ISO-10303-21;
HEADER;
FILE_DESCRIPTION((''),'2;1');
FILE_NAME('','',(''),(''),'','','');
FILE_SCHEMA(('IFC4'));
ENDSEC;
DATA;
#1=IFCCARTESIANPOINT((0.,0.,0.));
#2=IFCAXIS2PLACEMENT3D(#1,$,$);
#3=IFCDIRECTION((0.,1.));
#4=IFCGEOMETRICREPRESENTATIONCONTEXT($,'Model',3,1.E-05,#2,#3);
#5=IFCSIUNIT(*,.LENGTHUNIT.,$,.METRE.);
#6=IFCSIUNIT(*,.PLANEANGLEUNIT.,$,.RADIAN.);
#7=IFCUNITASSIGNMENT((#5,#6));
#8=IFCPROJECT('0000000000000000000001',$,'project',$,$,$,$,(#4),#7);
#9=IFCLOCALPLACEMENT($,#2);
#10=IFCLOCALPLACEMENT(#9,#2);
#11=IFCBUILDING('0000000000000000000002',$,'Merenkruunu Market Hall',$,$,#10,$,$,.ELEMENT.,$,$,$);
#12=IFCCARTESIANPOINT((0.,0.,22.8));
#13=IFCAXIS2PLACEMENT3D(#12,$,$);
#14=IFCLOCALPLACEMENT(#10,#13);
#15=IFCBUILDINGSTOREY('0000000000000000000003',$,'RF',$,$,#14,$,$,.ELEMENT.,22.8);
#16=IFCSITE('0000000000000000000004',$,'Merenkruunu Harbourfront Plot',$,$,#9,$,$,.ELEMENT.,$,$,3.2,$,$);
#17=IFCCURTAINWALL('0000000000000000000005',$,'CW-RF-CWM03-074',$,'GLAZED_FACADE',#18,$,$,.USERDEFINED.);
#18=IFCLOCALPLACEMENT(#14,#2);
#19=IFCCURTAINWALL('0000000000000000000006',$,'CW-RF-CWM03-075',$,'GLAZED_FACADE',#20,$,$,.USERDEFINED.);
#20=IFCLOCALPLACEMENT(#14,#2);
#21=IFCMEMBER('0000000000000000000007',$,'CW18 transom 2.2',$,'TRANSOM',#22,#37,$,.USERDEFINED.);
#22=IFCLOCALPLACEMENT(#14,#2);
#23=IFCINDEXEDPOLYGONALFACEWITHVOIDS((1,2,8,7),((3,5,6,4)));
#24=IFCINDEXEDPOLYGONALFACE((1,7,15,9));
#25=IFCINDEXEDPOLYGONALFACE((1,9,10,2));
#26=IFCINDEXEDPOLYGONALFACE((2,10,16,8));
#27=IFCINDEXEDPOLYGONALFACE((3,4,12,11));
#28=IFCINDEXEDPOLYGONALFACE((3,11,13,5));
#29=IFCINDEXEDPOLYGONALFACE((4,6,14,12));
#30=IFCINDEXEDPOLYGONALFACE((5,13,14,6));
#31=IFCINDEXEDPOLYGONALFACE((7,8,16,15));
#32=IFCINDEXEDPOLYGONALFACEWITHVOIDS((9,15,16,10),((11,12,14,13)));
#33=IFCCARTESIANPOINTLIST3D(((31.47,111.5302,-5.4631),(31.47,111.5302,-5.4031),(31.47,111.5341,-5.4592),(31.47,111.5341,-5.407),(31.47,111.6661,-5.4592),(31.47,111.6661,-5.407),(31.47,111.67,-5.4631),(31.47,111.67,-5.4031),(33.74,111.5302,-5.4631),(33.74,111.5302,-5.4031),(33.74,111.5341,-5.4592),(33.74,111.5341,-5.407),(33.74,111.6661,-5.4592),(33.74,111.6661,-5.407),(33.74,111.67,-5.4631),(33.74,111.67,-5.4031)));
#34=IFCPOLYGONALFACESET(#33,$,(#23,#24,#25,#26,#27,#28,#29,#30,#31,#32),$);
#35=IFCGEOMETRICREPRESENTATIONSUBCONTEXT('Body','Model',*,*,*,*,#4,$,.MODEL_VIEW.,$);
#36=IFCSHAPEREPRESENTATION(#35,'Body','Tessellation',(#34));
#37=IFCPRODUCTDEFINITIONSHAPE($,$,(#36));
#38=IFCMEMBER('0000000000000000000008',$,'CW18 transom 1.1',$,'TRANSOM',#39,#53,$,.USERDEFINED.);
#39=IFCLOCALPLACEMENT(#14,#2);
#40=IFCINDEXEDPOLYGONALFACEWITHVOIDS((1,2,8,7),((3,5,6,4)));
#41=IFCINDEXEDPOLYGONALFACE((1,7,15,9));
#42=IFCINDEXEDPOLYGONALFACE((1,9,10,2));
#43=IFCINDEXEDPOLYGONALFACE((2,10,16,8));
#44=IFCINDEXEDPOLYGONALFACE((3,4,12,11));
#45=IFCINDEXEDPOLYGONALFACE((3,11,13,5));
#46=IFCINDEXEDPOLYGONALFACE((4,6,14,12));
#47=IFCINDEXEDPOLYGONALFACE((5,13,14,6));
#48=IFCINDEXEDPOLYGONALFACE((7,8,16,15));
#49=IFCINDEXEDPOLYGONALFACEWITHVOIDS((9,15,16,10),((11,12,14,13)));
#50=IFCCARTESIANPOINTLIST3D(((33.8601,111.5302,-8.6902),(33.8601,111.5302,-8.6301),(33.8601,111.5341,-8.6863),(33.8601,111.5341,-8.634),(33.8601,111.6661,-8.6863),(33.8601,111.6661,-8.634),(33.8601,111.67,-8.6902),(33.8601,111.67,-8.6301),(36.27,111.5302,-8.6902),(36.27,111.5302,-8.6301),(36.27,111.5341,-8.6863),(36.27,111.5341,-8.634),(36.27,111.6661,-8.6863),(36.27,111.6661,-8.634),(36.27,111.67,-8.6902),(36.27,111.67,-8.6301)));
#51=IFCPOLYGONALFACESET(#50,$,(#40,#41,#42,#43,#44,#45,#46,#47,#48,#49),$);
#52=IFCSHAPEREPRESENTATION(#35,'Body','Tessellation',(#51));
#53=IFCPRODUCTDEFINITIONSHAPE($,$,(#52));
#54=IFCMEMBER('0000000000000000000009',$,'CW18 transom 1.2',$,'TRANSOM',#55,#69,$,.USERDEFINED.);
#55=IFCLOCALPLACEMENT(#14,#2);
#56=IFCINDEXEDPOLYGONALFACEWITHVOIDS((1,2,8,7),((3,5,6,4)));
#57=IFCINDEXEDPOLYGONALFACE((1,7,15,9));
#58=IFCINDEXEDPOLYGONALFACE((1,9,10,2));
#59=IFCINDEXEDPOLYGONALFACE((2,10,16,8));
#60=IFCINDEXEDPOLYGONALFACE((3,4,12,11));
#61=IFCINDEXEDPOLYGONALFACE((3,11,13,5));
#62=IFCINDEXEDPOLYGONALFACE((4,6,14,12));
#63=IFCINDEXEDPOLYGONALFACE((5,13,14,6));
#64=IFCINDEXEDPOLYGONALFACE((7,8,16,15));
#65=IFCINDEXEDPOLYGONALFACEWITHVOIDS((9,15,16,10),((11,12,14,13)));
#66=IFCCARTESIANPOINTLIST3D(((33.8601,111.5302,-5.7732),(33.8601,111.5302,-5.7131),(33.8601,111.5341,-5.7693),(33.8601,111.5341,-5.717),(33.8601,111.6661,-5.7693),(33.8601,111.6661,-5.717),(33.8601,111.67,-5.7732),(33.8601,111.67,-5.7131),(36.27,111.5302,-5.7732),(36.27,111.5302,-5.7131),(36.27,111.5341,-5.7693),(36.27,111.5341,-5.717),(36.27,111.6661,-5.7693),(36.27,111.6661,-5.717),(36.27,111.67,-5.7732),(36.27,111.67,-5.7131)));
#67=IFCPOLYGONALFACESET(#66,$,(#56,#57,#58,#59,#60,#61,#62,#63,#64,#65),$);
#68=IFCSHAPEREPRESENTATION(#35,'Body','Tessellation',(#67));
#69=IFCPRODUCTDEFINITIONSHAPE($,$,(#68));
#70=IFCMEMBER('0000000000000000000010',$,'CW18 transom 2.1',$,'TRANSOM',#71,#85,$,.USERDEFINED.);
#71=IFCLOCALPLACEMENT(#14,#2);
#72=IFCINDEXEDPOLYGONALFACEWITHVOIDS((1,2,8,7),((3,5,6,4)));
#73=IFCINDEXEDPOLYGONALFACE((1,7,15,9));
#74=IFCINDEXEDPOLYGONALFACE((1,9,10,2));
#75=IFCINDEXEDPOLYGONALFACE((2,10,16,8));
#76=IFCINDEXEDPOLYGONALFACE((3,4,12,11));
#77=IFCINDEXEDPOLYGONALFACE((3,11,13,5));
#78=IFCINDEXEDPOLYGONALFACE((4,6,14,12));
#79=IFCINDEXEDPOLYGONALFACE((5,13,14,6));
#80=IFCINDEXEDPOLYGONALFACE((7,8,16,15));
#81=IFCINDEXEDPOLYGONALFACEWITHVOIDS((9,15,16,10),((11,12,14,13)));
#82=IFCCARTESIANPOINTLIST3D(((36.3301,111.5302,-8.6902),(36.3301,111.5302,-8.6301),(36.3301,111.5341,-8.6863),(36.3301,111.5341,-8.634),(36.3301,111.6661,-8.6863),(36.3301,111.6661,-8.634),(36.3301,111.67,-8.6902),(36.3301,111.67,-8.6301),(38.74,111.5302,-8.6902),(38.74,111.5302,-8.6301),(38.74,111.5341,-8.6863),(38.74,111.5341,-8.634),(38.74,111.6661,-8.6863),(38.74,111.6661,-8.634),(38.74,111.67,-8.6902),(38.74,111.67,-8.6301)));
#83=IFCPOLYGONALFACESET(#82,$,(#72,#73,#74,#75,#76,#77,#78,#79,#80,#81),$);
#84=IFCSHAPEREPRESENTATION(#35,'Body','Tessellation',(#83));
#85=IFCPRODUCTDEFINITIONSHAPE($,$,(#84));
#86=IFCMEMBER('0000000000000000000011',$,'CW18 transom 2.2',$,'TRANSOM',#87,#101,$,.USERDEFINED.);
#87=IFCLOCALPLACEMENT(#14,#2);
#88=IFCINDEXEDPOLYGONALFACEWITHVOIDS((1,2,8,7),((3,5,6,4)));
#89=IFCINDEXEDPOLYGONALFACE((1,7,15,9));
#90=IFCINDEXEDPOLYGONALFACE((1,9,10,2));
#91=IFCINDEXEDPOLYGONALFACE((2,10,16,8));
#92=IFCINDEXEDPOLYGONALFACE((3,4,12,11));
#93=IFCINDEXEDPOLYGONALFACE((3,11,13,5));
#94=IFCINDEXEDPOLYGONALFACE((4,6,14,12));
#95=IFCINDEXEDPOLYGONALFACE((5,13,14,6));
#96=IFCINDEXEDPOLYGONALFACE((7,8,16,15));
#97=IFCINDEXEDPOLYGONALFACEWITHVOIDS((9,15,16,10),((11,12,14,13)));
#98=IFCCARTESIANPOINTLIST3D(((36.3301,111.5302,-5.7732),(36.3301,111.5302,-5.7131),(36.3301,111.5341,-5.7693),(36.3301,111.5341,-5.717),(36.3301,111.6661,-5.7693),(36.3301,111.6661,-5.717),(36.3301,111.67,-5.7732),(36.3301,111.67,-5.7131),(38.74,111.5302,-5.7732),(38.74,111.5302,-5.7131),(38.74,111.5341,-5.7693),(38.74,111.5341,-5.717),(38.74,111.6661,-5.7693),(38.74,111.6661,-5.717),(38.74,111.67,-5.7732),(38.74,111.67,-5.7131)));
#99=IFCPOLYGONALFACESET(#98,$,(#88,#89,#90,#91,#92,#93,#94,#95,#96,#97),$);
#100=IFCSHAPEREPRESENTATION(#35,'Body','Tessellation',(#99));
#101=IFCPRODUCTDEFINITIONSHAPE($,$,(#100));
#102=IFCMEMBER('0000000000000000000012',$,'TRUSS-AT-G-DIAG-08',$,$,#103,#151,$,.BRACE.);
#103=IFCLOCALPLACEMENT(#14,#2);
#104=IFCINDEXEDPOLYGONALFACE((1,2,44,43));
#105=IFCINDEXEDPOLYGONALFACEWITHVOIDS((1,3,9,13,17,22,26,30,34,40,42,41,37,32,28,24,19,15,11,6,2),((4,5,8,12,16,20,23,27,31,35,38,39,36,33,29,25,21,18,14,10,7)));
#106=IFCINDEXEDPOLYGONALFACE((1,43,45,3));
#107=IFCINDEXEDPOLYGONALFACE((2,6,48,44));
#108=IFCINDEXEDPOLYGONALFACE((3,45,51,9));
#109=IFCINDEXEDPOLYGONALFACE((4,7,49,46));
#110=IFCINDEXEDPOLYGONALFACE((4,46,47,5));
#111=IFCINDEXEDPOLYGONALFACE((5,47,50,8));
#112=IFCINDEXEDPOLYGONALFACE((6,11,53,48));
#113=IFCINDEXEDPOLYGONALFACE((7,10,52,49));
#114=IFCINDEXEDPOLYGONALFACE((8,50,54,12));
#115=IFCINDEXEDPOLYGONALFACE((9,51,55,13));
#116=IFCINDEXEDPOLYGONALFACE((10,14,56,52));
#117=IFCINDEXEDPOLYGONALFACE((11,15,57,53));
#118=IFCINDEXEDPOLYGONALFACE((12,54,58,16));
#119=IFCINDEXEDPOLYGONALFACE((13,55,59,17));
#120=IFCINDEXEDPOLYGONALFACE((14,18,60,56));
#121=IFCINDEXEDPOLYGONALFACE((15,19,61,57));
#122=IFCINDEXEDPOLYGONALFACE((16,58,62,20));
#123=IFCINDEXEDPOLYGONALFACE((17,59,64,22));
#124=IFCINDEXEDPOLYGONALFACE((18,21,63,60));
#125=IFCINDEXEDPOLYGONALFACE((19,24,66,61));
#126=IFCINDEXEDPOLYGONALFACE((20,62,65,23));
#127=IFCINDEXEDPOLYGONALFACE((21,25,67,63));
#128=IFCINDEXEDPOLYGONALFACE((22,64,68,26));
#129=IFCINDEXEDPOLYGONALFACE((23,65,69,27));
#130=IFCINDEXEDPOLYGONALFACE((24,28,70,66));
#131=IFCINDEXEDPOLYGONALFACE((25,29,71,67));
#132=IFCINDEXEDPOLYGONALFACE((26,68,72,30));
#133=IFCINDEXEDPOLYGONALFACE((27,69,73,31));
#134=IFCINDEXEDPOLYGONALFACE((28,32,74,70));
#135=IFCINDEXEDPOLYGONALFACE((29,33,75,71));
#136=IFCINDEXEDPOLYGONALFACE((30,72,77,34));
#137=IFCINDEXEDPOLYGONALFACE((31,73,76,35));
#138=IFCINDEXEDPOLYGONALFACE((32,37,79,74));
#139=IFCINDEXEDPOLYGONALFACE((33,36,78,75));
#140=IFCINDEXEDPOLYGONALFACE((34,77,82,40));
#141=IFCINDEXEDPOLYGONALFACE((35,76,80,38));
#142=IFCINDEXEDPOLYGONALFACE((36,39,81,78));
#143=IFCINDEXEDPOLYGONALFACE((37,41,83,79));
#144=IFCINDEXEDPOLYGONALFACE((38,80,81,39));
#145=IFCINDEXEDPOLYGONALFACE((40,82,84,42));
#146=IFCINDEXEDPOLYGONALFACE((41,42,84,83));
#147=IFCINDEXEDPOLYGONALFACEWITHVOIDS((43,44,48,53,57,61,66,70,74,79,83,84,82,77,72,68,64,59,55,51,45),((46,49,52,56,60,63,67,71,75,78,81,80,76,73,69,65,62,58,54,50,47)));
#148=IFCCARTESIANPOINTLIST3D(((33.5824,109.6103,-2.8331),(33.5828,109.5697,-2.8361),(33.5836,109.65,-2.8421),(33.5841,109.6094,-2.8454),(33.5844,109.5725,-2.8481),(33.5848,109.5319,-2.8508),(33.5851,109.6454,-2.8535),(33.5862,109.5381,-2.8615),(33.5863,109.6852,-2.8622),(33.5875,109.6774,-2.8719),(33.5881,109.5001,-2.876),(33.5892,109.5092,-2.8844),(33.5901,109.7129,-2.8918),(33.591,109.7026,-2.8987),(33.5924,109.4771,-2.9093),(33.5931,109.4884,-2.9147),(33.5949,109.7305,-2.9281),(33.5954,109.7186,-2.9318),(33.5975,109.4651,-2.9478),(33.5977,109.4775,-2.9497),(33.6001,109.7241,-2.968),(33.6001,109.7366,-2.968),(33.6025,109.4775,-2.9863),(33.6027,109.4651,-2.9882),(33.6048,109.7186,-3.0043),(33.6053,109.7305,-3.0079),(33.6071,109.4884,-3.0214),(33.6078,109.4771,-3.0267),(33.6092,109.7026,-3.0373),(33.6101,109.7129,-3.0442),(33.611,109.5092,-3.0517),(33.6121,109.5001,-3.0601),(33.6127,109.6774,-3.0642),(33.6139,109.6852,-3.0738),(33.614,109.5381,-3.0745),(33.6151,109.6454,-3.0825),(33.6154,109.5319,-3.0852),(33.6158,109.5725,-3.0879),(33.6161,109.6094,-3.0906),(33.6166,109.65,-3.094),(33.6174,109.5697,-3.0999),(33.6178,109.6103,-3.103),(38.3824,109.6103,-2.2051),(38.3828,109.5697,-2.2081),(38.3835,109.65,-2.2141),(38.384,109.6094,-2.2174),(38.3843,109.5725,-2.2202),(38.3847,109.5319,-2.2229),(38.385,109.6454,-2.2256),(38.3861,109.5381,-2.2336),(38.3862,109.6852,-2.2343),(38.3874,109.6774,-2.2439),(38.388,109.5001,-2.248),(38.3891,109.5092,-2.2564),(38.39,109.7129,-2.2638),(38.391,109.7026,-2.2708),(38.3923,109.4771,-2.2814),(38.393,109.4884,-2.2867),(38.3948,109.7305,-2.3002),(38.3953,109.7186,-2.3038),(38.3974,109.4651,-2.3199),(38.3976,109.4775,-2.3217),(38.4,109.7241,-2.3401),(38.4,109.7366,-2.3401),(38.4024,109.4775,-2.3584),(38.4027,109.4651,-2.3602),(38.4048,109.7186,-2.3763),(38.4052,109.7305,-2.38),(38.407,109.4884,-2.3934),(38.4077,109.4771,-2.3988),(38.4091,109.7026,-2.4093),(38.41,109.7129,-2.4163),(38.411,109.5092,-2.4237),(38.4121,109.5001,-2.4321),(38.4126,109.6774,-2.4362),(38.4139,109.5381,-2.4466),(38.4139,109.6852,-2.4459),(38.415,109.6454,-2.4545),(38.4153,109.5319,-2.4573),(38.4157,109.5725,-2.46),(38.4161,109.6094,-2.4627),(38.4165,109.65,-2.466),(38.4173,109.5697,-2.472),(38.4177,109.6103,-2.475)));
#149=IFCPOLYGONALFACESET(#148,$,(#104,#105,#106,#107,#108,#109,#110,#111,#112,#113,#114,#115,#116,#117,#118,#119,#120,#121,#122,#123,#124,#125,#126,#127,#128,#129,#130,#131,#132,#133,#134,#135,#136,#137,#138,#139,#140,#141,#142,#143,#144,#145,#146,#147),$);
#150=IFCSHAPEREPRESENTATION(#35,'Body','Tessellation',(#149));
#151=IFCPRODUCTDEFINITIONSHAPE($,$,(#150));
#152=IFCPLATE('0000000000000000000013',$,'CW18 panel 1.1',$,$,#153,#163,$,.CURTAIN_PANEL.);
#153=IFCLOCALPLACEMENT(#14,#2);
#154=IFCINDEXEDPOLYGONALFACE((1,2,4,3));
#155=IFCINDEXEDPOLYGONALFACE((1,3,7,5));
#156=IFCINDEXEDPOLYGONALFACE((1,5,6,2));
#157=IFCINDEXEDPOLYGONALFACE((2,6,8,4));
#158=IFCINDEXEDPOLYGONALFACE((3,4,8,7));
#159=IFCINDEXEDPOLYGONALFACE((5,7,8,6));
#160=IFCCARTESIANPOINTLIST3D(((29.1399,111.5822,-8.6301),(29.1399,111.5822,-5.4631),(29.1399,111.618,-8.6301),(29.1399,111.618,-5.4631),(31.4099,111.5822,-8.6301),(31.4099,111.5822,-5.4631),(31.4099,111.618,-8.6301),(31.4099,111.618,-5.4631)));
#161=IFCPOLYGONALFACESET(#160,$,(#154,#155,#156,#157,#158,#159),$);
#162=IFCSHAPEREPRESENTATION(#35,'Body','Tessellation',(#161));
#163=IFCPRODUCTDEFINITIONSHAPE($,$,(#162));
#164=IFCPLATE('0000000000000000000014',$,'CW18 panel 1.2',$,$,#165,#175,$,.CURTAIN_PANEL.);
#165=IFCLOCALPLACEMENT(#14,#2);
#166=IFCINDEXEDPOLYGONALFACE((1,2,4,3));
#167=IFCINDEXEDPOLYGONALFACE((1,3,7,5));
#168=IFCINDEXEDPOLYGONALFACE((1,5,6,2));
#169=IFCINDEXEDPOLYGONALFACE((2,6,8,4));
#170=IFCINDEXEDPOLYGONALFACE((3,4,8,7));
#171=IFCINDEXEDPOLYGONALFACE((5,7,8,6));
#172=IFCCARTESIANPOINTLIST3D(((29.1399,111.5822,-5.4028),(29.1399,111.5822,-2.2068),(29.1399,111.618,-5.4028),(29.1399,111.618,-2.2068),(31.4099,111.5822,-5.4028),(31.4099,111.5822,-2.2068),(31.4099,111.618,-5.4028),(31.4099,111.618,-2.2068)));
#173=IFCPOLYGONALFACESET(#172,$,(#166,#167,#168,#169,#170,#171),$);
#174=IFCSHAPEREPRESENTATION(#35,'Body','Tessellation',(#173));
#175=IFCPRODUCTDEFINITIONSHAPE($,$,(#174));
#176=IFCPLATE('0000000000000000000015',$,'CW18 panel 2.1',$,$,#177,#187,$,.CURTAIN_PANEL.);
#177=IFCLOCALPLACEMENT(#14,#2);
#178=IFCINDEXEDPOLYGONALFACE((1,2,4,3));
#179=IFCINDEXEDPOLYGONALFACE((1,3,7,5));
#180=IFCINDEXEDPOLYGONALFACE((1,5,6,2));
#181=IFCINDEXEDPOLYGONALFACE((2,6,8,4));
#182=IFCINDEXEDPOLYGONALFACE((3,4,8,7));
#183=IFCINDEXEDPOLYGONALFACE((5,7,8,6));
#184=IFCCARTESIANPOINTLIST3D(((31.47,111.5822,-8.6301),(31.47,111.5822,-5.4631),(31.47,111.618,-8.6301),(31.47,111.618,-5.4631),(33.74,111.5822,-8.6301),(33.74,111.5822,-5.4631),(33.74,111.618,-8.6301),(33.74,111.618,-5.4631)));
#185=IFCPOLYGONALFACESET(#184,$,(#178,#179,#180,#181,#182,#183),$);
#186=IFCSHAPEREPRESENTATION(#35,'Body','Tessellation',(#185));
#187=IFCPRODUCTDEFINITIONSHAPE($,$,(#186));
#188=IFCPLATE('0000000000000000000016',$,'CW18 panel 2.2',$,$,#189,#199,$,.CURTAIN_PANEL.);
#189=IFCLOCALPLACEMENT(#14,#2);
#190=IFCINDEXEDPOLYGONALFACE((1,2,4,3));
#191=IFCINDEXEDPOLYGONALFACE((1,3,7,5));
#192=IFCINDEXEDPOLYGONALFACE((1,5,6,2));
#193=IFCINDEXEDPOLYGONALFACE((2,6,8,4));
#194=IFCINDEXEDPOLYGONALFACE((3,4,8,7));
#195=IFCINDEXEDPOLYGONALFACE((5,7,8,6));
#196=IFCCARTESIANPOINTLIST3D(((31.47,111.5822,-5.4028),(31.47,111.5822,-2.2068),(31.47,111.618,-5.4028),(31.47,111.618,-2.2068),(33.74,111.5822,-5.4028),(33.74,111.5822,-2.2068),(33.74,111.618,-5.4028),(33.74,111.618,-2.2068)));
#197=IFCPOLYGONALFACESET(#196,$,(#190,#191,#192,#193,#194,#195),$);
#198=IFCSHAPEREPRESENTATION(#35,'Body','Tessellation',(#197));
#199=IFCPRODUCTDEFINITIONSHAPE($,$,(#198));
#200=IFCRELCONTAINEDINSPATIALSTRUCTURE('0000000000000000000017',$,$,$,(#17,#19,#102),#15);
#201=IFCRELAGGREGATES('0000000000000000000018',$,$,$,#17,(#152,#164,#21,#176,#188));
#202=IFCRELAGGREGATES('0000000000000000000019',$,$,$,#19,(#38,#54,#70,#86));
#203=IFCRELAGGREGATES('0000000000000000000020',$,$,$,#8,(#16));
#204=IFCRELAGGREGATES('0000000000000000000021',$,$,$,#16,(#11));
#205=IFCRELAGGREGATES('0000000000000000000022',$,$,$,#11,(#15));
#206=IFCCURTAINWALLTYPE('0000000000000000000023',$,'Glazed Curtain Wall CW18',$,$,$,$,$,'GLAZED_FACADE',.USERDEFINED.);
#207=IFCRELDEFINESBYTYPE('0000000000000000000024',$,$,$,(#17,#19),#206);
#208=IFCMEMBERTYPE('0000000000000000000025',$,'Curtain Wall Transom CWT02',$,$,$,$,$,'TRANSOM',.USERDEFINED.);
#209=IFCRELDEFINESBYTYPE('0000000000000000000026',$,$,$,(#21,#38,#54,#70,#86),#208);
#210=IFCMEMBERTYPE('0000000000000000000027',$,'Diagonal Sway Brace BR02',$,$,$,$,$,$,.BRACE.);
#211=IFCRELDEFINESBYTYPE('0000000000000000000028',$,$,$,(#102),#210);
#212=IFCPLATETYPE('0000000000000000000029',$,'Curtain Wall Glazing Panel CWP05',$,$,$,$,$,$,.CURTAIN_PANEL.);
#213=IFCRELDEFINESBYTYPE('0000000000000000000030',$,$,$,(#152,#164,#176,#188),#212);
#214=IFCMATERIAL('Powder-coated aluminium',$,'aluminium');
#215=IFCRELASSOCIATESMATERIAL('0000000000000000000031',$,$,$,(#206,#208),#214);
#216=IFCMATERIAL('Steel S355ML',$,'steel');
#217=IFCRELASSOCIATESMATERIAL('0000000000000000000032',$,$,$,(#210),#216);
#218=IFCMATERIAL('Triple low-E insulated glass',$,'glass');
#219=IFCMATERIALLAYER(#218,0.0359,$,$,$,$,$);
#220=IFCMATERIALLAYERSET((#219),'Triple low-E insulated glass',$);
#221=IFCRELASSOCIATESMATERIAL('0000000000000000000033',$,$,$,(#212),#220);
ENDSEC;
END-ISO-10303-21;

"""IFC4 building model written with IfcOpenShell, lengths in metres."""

from ifc_helpers import new_model, si_unit, direction, frame, origin, origin_2d, place, context, subcontext, project, spatial, rectangle, hollow_rectangle, hollow_circle, extrude, material, layer, layer_set, material_profile, profile_set, type_object, element, aggregate, save


model = new_model("IFC4")

# Units and contexts
model_context = context("Model", 3, precision=1e-05, world=origin(), true_north=direction((0.0, 1.0)))
body_context = subcontext(model_context, "Body", "Model", "MODEL_VIEW")
ifc_project = project(units=[si_unit("LENGTHUNIT", "METRE"), si_unit("PLANEANGLEUNIT", "RADIAN")], contexts=[model_context])

# Site, building, storey
site_placement = place(None, origin())
site = spatial("IfcSite", under=ifc_project, at=site_placement, Name="Merenkruunu Harbourfront Plot", CompositionType="ELEMENT", RefElevation=3.2)
building_placement = place(site_placement, origin())
building = spatial("IfcBuilding", under=site, at=building_placement, Name="Merenkruunu Market Hall", CompositionType="ELEMENT")
storey_placement = place(building_placement, frame((0.0, 0.0, 22.8)))
storey = spatial("IfcBuildingStorey", under=building, at=storey_placement, Name="RF", CompositionType="ELEMENT", Elevation=22.8)

# Shared definitions
ifc_material_1 = material(Name="Steel S355ML", Category="steel")

# Curtain walls
ifc_material_2 = material(Name="Powder-coated aluminium", Category="aluminium")
curtain_wall_type = type_object("IfcCurtainWallType", Name="Glazed Curtain Wall CW18", ElementType="GLAZED_FACADE", PredefinedType="USERDEFINED", material=ifc_material_2)
curtain_wall_1_placement = place(storey_placement, origin())
curtain_wall_1 = element("IfcCurtainWall", 1, at=curtain_wall_1_placement, inside=storey, type_object=curtain_wall_type, Name="CW-RF-CWM03-074", ObjectType="GLAZED_FACADE", PredefinedType="USERDEFINED")
curtain_wall_2_placement = place(storey_placement, origin())
curtain_wall_2 = element("IfcCurtainWall", 2, at=curtain_wall_2_placement, inside=storey, type_object=curtain_wall_type, Name="CW-RF-CWM03-075", ObjectType="GLAZED_FACADE", PredefinedType="USERDEFINED")

# Members
ifc_material_profile_1 = material_profile(ifc_material_2, hollow_rectangle(XDim=0.0601, YDim=0.1399, WallThickness=0.0039, at=origin_2d()), Name="ALU 60x140x4")
ifc_profile_set_1 = profile_set([ifc_material_profile_1], Name="Powder-coated aluminium")
member_type_1 = type_object("IfcMemberType", Name="Curtain Wall Transom CWT02", ElementType="TRANSOM", PredefinedType="USERDEFINED", material=ifc_profile_set_1)
member_1_placement = place(storey_placement, frame((31.47, 111.6001, -5.4331), z_axis=(1.0, 0.0, 0.0), x_axis=(0.0, 0.0, 1.0)))
member_1 = element("IfcMember", 3, at=member_1_placement, type_object=member_type_1, Name="CW18 transom 2.2", ObjectType="TRANSOM", PredefinedType="USERDEFINED", context=body_context, shape_type="SweptSolid", body=[
    extrude(hollow_rectangle(XDim=0.0601, YDim=0.1399, WallThickness=0.0039, at=origin_2d()), origin(), (0.0, 0.0, 1.0), 2.27),
])
member_2_placement = place(storey_placement, frame((33.8601, 111.6001, -8.6602), z_axis=(1.0, 0.0, 0.0), x_axis=(0.0, 0.0, 1.0)))
member_2 = element("IfcMember", 4, at=member_2_placement, type_object=member_type_1, Name="CW18 transom 1.1", ObjectType="TRANSOM", PredefinedType="USERDEFINED", context=body_context, shape_type="SweptSolid", body=[
    extrude(hollow_rectangle(XDim=0.0601, YDim=0.1399, WallThickness=0.0039, at=origin_2d()), origin(), (0.0, 0.0, 1.0), 2.4099),
])
member_3_placement = place(storey_placement, frame((33.8601, 111.6001, -5.7432), z_axis=(1.0, 0.0, 0.0), x_axis=(0.0, 0.0, 1.0)))
member_3 = element("IfcMember", 5, at=member_3_placement, type_object=member_type_1, Name="CW18 transom 1.2", ObjectType="TRANSOM", PredefinedType="USERDEFINED", context=body_context, shape_type="SweptSolid", body=[
    extrude(hollow_rectangle(XDim=0.0601, YDim=0.1399, WallThickness=0.0039, at=origin_2d()), origin(), (0.0, 0.0, 1.0), 2.4099),
])
member_4_placement = place(storey_placement, frame((36.3301, 111.6001, -8.6602), z_axis=(1.0, 0.0, 0.0), x_axis=(0.0, 0.0, 1.0)))
member_4 = element("IfcMember", 6, at=member_4_placement, type_object=member_type_1, Name="CW18 transom 2.1", ObjectType="TRANSOM", PredefinedType="USERDEFINED", context=body_context, shape_type="SweptSolid", body=[
    extrude(hollow_rectangle(XDim=0.0601, YDim=0.1399, WallThickness=0.0039, at=origin_2d()), origin(), (0.0, 0.0, 1.0), 2.4099),
])
member_5_placement = place(storey_placement, frame((36.3301, 111.6001, -5.7432), z_axis=(1.0, 0.0, 0.0), x_axis=(0.0, 0.0, 1.0)))
member_5 = element("IfcMember", 7, at=member_5_placement, type_object=member_type_1, Name="CW18 transom 2.2", ObjectType="TRANSOM", PredefinedType="USERDEFINED", context=body_context, shape_type="SweptSolid", body=[
    extrude(hollow_rectangle(XDim=0.0601, YDim=0.1399, WallThickness=0.0039, at=origin_2d()), origin(), (0.0, 0.0, 1.0), 2.4099),
])
ifc_material_profile_2 = material_profile(ifc_material_1, hollow_circle(Radius=0.1365, WallThickness=0.0125, at=origin_2d()), Name="CHS 273x12.5")
ifc_profile_set_2 = profile_set([ifc_material_profile_2], Name="Steel S355ML")
member_type_2 = type_object("IfcMemberType", Name="Diagonal Sway Brace BR02", PredefinedType="BRACE", material=ifc_profile_set_2)
member_6_placement = place(storey_placement, frame((33.6001, 109.6001, -2.968), z_axis=(0.991551, 0.0, 0.129719), x_axis=(0.0, 1.0, 0.0)))
element("IfcMember", 8, at=member_6_placement, inside=storey, type_object=member_type_2, Name="TRUSS-AT-G-DIAG-08", PredefinedType="BRACE", context=body_context, shape_type="SweptSolid", body=[
    extrude(hollow_circle(Radius=0.1365, WallThickness=0.0125, at=origin_2d()), origin(), (0.0, 0.0, 1.0), 4.8408),
])

# Plates
ifc_material_3 = material(Name="Triple low-E insulated glass", Category="glass")
ifc_layer_1 = layer(ifc_material_3, 0.0359)
ifc_layer_set_1 = layer_set([ifc_layer_1], Name="Triple low-E insulated glass")
plate_type_1 = type_object("IfcPlateType", Name="Curtain Wall Glazing Panel CWP05", PredefinedType="CURTAIN_PANEL", material=ifc_layer_set_1)
plate_1_placement = place(storey_placement, frame((30.2749, 111.6001, -8.6301), z_axis=(0.0, 0.0, 1.0), x_axis=(1.0, 0.0, 0.0)))
plate_1 = element("IfcPlate", 9, at=plate_1_placement, type_object=plate_type_1, Name="CW18 panel 1.1", PredefinedType="CURTAIN_PANEL", context=body_context, shape_type="SweptSolid", body=[
    extrude(rectangle(XDim=2.27, YDim=0.0359, at=origin_2d()), origin(), (0.0, 0.0, 1.0), 3.167),
])
plate_2_placement = place(storey_placement, frame((30.2749, 111.6001, -5.4028), z_axis=(0.0, 0.0, 1.0), x_axis=(1.0, 0.0, 0.0)))
plate_2 = element("IfcPlate", 10, at=plate_2_placement, type_object=plate_type_1, Name="CW18 panel 1.2", PredefinedType="CURTAIN_PANEL", context=body_context, shape_type="SweptSolid", body=[
    extrude(rectangle(XDim=2.27, YDim=0.0359, at=origin_2d()), origin(), (0.0, 0.0, 1.0), 3.196),
])
plate_3_placement = place(storey_placement, frame((32.605, 111.6001, -8.6301), z_axis=(0.0, 0.0, 1.0), x_axis=(1.0, 0.0, 0.0)))
plate_3 = element("IfcPlate", 11, at=plate_3_placement, type_object=plate_type_1, Name="CW18 panel 2.1", PredefinedType="CURTAIN_PANEL", context=body_context, shape_type="SweptSolid", body=[
    extrude(rectangle(XDim=2.27, YDim=0.0359, at=origin_2d()), origin(), (0.0, 0.0, 1.0), 3.167),
])
plate_4_placement = place(storey_placement, frame((32.605, 111.6001, -5.4028), z_axis=(0.0, 0.0, 1.0), x_axis=(1.0, 0.0, 0.0)))
plate_4 = element("IfcPlate", 12, at=plate_4_placement, type_object=plate_type_1, Name="CW18 panel 2.2", PredefinedType="CURTAIN_PANEL", context=body_context, shape_type="SweptSolid", body=[
    extrude(rectangle(XDim=2.27, YDim=0.0359, at=origin_2d()), origin(), (0.0, 0.0, 1.0), 3.196),
])
aggregate(curtain_wall_1, [plate_1, plate_2, member_1, plate_3, plate_4])
aggregate(curtain_wall_2, [member_2, member_3, member_4, member_5])

save(model, "model.ifc")
